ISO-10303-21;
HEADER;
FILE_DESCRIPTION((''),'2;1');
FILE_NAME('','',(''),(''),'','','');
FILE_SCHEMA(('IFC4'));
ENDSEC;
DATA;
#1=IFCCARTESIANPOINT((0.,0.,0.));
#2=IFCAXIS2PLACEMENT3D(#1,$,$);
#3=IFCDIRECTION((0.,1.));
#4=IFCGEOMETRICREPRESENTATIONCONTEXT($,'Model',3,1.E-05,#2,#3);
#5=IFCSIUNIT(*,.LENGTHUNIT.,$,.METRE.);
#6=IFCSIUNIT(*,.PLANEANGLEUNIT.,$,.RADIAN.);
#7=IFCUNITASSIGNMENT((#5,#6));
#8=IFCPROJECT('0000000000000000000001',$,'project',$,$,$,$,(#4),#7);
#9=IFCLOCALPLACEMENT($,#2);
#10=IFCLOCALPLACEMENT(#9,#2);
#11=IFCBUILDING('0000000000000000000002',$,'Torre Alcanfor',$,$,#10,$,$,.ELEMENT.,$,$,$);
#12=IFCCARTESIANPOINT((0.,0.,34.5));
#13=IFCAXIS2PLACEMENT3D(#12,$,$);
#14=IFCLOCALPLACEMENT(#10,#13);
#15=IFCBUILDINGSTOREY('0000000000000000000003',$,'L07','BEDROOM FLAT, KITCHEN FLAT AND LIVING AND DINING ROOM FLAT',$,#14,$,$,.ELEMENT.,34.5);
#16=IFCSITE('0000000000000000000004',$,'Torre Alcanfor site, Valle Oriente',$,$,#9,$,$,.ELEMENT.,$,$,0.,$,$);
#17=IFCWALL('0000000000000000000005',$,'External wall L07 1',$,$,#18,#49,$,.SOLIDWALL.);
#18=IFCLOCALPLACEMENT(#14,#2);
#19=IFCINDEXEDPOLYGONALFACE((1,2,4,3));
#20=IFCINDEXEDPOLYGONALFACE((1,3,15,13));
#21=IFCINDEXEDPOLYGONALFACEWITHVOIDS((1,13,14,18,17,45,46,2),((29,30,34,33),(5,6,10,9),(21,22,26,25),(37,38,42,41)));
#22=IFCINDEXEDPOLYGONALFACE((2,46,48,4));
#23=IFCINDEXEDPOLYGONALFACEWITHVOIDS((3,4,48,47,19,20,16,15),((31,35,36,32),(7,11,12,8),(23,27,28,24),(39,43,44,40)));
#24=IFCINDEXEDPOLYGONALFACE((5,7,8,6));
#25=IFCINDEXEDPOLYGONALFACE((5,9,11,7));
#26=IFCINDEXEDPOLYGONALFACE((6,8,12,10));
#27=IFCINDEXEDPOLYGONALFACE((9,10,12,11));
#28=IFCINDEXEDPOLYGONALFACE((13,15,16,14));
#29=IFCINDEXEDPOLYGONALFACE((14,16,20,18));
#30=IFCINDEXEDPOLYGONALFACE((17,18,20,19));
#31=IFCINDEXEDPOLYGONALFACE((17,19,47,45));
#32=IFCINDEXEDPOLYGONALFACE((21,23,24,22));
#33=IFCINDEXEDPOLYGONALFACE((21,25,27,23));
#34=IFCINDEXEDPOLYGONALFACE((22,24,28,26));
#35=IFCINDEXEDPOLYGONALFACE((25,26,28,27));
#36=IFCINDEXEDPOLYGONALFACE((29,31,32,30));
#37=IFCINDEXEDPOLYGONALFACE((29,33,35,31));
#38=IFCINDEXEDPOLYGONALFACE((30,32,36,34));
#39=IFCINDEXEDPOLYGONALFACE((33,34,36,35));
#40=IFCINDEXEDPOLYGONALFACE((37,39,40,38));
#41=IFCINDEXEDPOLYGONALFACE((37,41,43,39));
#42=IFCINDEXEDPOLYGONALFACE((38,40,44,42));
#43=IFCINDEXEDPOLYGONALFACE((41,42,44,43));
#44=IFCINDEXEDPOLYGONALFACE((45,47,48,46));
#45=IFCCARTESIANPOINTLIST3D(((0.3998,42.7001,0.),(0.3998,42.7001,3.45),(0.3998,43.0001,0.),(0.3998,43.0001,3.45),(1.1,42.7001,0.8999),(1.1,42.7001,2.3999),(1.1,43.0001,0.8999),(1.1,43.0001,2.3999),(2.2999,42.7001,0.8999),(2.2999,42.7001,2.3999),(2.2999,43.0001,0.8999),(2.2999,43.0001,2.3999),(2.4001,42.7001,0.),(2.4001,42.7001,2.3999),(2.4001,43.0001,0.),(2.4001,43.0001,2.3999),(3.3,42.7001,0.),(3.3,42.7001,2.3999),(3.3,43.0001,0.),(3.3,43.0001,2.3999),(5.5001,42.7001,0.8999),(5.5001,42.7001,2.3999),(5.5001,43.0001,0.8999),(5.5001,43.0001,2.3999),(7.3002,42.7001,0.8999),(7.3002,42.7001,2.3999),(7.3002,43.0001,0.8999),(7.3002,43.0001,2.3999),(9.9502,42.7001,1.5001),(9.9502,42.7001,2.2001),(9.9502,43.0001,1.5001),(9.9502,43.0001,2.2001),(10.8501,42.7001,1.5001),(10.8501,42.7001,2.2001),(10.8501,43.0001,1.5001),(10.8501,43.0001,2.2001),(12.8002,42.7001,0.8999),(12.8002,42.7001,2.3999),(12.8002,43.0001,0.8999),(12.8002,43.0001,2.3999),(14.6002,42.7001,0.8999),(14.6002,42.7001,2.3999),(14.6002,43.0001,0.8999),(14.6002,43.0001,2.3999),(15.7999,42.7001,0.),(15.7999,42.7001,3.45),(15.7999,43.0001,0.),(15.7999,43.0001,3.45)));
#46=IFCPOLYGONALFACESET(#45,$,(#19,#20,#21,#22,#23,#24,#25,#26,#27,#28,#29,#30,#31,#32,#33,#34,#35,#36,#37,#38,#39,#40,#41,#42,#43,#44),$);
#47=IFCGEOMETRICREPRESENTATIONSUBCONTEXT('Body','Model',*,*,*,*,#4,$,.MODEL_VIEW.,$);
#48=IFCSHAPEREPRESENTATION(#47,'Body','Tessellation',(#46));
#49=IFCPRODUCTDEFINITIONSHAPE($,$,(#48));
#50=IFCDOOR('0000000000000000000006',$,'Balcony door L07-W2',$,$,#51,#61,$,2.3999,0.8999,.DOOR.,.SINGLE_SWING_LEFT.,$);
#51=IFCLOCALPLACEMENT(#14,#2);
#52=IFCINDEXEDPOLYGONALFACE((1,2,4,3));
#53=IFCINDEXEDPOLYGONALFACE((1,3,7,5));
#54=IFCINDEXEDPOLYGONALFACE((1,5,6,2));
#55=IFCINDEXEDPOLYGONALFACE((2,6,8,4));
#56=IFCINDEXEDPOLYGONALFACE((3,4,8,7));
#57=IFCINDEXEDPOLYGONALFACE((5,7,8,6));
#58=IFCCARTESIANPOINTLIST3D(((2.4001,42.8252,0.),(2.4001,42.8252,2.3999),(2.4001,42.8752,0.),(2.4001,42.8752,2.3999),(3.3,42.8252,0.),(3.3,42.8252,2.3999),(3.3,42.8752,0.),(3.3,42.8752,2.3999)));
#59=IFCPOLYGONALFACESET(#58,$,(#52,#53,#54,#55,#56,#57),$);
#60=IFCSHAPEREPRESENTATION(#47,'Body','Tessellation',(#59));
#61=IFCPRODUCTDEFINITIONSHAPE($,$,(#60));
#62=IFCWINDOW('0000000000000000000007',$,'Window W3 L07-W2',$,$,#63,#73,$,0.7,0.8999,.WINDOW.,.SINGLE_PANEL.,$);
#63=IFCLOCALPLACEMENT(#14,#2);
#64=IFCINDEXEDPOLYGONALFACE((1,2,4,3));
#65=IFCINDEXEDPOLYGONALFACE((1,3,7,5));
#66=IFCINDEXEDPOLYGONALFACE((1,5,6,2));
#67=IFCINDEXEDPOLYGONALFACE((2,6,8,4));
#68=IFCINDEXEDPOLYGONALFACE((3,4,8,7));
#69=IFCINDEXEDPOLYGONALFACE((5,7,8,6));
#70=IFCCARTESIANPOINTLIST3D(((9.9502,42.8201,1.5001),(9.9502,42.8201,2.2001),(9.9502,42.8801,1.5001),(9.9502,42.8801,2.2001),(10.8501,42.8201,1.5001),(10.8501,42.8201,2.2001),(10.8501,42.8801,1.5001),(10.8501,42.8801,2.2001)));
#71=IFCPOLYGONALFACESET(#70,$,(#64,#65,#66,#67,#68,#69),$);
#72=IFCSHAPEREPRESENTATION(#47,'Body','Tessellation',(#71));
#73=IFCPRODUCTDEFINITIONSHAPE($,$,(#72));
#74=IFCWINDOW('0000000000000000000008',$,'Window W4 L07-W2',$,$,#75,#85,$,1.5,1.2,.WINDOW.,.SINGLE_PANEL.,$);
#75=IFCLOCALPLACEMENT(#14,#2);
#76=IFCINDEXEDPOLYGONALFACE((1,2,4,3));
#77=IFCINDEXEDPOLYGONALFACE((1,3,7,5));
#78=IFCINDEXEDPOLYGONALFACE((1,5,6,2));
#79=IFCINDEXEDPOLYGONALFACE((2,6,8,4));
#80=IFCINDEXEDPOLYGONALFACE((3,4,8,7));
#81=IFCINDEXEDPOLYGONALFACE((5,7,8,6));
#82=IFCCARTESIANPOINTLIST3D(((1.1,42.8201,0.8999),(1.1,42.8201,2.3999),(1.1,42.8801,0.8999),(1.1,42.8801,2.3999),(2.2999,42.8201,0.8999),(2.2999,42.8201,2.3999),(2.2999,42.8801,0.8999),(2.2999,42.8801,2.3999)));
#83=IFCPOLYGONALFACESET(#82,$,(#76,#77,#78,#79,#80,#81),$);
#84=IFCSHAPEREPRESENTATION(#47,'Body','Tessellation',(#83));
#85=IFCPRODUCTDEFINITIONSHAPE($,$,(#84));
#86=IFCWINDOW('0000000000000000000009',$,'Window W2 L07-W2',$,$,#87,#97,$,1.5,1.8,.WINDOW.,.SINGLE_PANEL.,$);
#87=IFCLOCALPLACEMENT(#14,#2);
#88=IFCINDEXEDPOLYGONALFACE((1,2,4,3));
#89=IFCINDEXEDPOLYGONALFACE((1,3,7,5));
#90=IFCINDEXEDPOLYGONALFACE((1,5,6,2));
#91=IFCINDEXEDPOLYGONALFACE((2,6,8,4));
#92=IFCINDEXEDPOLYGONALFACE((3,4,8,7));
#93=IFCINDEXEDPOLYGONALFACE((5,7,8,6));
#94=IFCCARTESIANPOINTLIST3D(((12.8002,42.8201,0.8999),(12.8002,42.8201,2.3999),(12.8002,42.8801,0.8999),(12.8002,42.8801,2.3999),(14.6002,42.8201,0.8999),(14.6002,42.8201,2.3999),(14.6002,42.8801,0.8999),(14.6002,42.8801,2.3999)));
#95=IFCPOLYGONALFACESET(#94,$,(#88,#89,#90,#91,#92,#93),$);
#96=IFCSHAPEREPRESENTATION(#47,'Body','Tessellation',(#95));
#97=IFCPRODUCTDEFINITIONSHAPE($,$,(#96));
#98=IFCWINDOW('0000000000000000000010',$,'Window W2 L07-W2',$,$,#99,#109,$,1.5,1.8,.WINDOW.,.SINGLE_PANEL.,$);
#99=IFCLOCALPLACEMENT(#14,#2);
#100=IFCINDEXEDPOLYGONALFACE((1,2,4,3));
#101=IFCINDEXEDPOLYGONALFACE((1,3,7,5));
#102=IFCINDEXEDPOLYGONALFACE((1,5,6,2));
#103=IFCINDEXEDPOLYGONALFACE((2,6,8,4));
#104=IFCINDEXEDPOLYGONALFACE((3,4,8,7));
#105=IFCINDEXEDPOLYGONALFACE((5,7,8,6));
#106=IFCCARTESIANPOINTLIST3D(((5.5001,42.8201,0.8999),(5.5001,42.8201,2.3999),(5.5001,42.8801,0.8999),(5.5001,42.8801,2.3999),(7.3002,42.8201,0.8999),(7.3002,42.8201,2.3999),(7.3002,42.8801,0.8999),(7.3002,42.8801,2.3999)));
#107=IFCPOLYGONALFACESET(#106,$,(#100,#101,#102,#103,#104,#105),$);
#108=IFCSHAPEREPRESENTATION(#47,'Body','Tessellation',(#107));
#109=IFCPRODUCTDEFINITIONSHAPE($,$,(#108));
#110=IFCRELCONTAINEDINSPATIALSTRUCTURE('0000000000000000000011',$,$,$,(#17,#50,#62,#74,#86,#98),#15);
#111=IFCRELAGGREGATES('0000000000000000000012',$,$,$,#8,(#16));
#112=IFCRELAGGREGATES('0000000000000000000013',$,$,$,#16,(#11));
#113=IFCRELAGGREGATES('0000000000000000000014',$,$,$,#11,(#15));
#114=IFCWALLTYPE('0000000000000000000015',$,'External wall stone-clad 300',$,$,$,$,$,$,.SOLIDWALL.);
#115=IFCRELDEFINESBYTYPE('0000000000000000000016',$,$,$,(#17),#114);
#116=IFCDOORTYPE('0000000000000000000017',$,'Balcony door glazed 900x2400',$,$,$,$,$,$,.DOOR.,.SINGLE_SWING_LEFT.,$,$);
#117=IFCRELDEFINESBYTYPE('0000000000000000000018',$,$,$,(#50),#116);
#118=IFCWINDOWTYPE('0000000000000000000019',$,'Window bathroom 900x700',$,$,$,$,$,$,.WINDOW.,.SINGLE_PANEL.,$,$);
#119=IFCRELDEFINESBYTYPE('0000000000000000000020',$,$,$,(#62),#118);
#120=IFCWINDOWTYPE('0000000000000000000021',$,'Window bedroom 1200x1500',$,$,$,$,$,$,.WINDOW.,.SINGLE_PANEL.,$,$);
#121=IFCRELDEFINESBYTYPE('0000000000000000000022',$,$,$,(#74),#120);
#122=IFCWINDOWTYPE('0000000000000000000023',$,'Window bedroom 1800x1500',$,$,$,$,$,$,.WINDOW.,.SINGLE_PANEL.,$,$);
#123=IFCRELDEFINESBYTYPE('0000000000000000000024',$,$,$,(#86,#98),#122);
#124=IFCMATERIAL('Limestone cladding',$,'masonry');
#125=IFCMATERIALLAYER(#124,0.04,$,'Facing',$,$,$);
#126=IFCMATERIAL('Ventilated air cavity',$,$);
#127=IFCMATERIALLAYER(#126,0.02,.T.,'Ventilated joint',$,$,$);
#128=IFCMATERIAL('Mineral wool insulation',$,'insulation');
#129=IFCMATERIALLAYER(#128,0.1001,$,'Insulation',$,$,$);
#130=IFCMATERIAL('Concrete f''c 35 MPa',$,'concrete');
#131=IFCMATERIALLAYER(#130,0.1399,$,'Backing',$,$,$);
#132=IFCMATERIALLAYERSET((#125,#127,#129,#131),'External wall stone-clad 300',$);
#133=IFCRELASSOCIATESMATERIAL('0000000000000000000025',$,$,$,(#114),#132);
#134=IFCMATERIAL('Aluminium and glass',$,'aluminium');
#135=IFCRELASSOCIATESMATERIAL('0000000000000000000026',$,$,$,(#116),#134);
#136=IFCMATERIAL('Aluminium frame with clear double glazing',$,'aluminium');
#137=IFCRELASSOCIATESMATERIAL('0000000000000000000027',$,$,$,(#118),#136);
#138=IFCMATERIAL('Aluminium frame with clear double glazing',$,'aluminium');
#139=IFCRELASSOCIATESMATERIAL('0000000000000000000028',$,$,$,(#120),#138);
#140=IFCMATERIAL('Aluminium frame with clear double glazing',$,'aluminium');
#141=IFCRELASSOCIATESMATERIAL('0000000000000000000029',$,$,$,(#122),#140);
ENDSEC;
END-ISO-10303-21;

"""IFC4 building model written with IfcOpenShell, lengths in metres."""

from ifc_helpers import new_model, si_unit, direction, frame, frame_2d, origin, place, context, subcontext, project, spatial, rectangle, extrude, material, layer, layer_set, type_object, element, fill, save


model = new_model("IFC4")

# Units and contexts
model_context = context("Model", 3, precision=1e-05, world=origin(), true_north=direction((0.0, 1.0)))
body_context = subcontext(model_context, "Body", "Model", "MODEL_VIEW")
ifc_project = project(units=[si_unit("LENGTHUNIT", "METRE"), si_unit("PLANEANGLEUNIT", "RADIAN")], contexts=[model_context])

# Site, building, storey
site_placement = place(None, origin())
site = spatial("IfcSite", under=ifc_project, at=site_placement, Name="Torre Alcanfor site, Valle Oriente", CompositionType="ELEMENT", RefElevation=0.0)
building_placement = place(site_placement, origin())
building = spatial("IfcBuilding", under=site, at=building_placement, Name="Torre Alcanfor", CompositionType="ELEMENT")
storey_placement = place(building_placement, frame((0.0, 0.0, 34.5)))
storey = spatial("IfcBuildingStorey", under=building, at=storey_placement, Name="L07", Description="BEDROOM FLAT, KITCHEN FLAT AND LIVING AND DINING ROOM FLAT", CompositionType="ELEMENT", Elevation=34.5)

# Wall, openings, door, windows
ifc_material_1 = material(Name="Limestone cladding", Category="masonry")
ifc_layer_1 = layer(ifc_material_1, 0.04, Name="Facing")
ifc_material_2 = material(Name="Ventilated air cavity")
ifc_layer_2 = layer(ifc_material_2, 0.02, ventilated=True, Name="Ventilated joint")
ifc_material_3 = material(Name="Mineral wool insulation", Category="insulation")
ifc_layer_3 = layer(ifc_material_3, 0.1001, Name="Insulation")
ifc_material_4 = material(Name="Concrete f'c 35 MPa", Category="concrete")
ifc_layer_4 = layer(ifc_material_4, 0.1399, Name="Backing")
ifc_layer_set_1 = layer_set([ifc_layer_1, ifc_layer_2, ifc_layer_3, ifc_layer_4], Name="External wall stone-clad 300")
wall_type = type_object("IfcWallType", Name="External wall stone-clad 300", PredefinedType="SOLIDWALL", material=ifc_layer_set_1)
wall_placement = place(storey_placement, frame((15.8, 42.8501, 0.0), z_axis=(0.0, 0.0, 1.0), x_axis=(-1.0, 0.0, 0.0)))
wall = element("IfcWall", 1, at=wall_placement, inside=storey, type_object=wall_type, Name="External wall L07 1", PredefinedType="SOLIDWALL", context=body_context, shape_type="SweptSolid", body=[
    extrude(rectangle(XDim=15.4001, YDim=0.3, at=frame_2d((7.7002, 0.0))), origin(), (0.0, 0.0, 1.0), 3.45),
])
opening_1_placement = place(wall_placement, frame((1.2, 0.0, 0.8999)))
opening_1 = element("IfcOpeningElement", 2, at=opening_1_placement, cuts=wall, PredefinedType="OPENING", context=body_context, shape_type="SweptSolid", body=[
    extrude(rectangle(XDim=1.8, YDim=1.5, at=frame_2d((0.8999, 0.75))), frame((0.0, 0.1599, 0.0), z_axis=(0.0, -1.0, 0.0), x_axis=(1.0, 0.0, 0.0)), (0.0, 0.0, 1.0), 0.3201),
])
opening_2_placement = place(wall_placement, frame((4.95, 0.0, 1.5)))
opening_2 = element("IfcOpeningElement", 3, at=opening_2_placement, cuts=wall, PredefinedType="OPENING", context=body_context, shape_type="SweptSolid", body=[
    extrude(rectangle(XDim=0.8999, YDim=0.7, at=frame_2d((0.45, 0.3501))), frame((0.0, 0.1599, 0.0), z_axis=(0.0, -1.0, 0.0), x_axis=(1.0, 0.0, 0.0)), (0.0, 0.0, 1.0), 0.3201),
])
opening_3_placement = place(wall_placement, frame((8.5, 0.0, 0.8999)))
opening_3 = element("IfcOpeningElement", 4, at=opening_3_placement, cuts=wall, PredefinedType="OPENING", context=body_context, shape_type="SweptSolid", body=[
    extrude(rectangle(XDim=1.8, YDim=1.5, at=frame_2d((0.8999, 0.75))), frame((0.0, 0.1599, 0.0), z_axis=(0.0, -1.0, 0.0), x_axis=(1.0, 0.0, 0.0)), (0.0, 0.0, 1.0), 0.3201),
])
opening_4_placement = place(wall_placement, frame((12.5, 0.0, 0.0)))
opening_4 = element("IfcOpeningElement", 5, at=opening_4_placement, cuts=wall, PredefinedType="OPENING", context=body_context, shape_type="SweptSolid", body=[
    extrude(rectangle(XDim=0.8999, YDim=2.3999, at=frame_2d((0.45, 1.2))), frame((0.0, 0.1599, 0.0), z_axis=(0.0, -1.0, 0.0), x_axis=(1.0, 0.0, 0.0)), (0.0, 0.0, 1.0), 0.3201),
])
opening_5_placement = place(wall_placement, frame((13.5, 0.0, 0.8999)))
opening_5 = element("IfcOpeningElement", 6, at=opening_5_placement, cuts=wall, PredefinedType="OPENING", context=body_context, shape_type="SweptSolid", body=[
    extrude(rectangle(XDim=1.2, YDim=1.5, at=frame_2d((0.6001, 0.75))), frame((0.0, 0.1599, 0.0), z_axis=(0.0, -1.0, 0.0), x_axis=(1.0, 0.0, 0.0)), (0.0, 0.0, 1.0), 0.3201),
])
ifc_material_5 = material(Name="Aluminium and glass", Category="aluminium")
door_type = type_object("IfcDoorType", Name="Balcony door glazed 900x2400", OperationType="SINGLE_SWING_LEFT", PredefinedType="DOOR", material=ifc_material_5)
door_placement = place(opening_4_placement, origin())
door = element("IfcDoor", 7, at=door_placement, inside=storey, type_object=door_type, Name="Balcony door L07-W2", OperationType="SINGLE_SWING_LEFT", OverallHeight=2.3999, OverallWidth=0.8999, PredefinedType="DOOR", context=body_context, shape_type="SweptSolid", body=[
    extrude(rectangle(XDim=0.8999, YDim=2.3999, at=frame_2d((0.45, 1.2))), frame((0.0, 0.0249, 0.0), z_axis=(0.0, -1.0, 0.0), x_axis=(1.0, 0.0, 0.0)), (0.0, 0.0, 1.0), 0.05),
])
fill(opening_4, door)
ifc_material_6 = material(Name="Aluminium frame with clear double glazing", Category="aluminium")
window_type_1 = type_object("IfcWindowType", Name="Window bathroom 900x700", PartitioningType="SINGLE_PANEL", PredefinedType="WINDOW", material=ifc_material_6)
window_1_placement = place(opening_2_placement, origin())
window_1 = element("IfcWindow", 8, at=window_1_placement, inside=storey, type_object=window_type_1, Name="Window W3 L07-W2", OverallHeight=0.7, OverallWidth=0.8999, PartitioningType="SINGLE_PANEL", PredefinedType="WINDOW", context=body_context, shape_type="SweptSolid", body=[
    extrude(rectangle(XDim=0.8999, YDim=0.7, at=frame_2d((0.45, 0.3501))), frame((0.0, 0.03, 0.0), z_axis=(0.0, -1.0, 0.0), x_axis=(1.0, 0.0, 0.0)), (0.0, 0.0, 1.0), 0.0601),
])
fill(opening_2, window_1)
ifc_material_7 = material(Name="Aluminium frame with clear double glazing", Category="aluminium")
window_type_2 = type_object("IfcWindowType", Name="Window bedroom 1200x1500", PartitioningType="SINGLE_PANEL", PredefinedType="WINDOW", material=ifc_material_7)
window_2_placement = place(opening_5_placement, origin())
window_2 = element("IfcWindow", 9, at=window_2_placement, inside=storey, type_object=window_type_2, Name="Window W4 L07-W2", OverallHeight=1.5, OverallWidth=1.2, PartitioningType="SINGLE_PANEL", PredefinedType="WINDOW", context=body_context, shape_type="SweptSolid", body=[
    extrude(rectangle(XDim=1.2, YDim=1.5, at=frame_2d((0.6001, 0.75))), frame((0.0, 0.03, 0.0), z_axis=(0.0, -1.0, 0.0), x_axis=(1.0, 0.0, 0.0)), (0.0, 0.0, 1.0), 0.0601),
])
fill(opening_5, window_2)
ifc_material_8 = material(Name="Aluminium frame with clear double glazing", Category="aluminium")
window_type_3 = type_object("IfcWindowType", Name="Window bedroom 1800x1500", PartitioningType="SINGLE_PANEL", PredefinedType="WINDOW", material=ifc_material_8)
window_3_placement = place(opening_1_placement, origin())
window_3 = element("IfcWindow", 10, at=window_3_placement, inside=storey, type_object=window_type_3, Name="Window W2 L07-W2", OverallHeight=1.5, OverallWidth=1.8, PartitioningType="SINGLE_PANEL", PredefinedType="WINDOW", context=body_context, shape_type="SweptSolid", body=[
    extrude(rectangle(XDim=1.8, YDim=1.5, at=frame_2d((0.8999, 0.75))), frame((0.0, 0.03, 0.0), z_axis=(0.0, -1.0, 0.0), x_axis=(1.0, 0.0, 0.0)), (0.0, 0.0, 1.0), 0.0601),
])
fill(opening_1, window_3)
window_4_placement = place(opening_3_placement, origin())
window_4 = element("IfcWindow", 11, at=window_4_placement, inside=storey, type_object=window_type_3, Name="Window W2 L07-W2", OverallHeight=1.5, OverallWidth=1.8, PartitioningType="SINGLE_PANEL", PredefinedType="WINDOW", context=body_context, shape_type="SweptSolid", body=[
    extrude(rectangle(XDim=1.8, YDim=1.5, at=frame_2d((0.8999, 0.75))), frame((0.0, 0.03, 0.0), z_axis=(0.0, -1.0, 0.0), x_axis=(1.0, 0.0, 0.0)), (0.0, 0.0, 1.0), 0.0601),
])
fill(opening_3, window_4)

save(model, "model.ifc")
